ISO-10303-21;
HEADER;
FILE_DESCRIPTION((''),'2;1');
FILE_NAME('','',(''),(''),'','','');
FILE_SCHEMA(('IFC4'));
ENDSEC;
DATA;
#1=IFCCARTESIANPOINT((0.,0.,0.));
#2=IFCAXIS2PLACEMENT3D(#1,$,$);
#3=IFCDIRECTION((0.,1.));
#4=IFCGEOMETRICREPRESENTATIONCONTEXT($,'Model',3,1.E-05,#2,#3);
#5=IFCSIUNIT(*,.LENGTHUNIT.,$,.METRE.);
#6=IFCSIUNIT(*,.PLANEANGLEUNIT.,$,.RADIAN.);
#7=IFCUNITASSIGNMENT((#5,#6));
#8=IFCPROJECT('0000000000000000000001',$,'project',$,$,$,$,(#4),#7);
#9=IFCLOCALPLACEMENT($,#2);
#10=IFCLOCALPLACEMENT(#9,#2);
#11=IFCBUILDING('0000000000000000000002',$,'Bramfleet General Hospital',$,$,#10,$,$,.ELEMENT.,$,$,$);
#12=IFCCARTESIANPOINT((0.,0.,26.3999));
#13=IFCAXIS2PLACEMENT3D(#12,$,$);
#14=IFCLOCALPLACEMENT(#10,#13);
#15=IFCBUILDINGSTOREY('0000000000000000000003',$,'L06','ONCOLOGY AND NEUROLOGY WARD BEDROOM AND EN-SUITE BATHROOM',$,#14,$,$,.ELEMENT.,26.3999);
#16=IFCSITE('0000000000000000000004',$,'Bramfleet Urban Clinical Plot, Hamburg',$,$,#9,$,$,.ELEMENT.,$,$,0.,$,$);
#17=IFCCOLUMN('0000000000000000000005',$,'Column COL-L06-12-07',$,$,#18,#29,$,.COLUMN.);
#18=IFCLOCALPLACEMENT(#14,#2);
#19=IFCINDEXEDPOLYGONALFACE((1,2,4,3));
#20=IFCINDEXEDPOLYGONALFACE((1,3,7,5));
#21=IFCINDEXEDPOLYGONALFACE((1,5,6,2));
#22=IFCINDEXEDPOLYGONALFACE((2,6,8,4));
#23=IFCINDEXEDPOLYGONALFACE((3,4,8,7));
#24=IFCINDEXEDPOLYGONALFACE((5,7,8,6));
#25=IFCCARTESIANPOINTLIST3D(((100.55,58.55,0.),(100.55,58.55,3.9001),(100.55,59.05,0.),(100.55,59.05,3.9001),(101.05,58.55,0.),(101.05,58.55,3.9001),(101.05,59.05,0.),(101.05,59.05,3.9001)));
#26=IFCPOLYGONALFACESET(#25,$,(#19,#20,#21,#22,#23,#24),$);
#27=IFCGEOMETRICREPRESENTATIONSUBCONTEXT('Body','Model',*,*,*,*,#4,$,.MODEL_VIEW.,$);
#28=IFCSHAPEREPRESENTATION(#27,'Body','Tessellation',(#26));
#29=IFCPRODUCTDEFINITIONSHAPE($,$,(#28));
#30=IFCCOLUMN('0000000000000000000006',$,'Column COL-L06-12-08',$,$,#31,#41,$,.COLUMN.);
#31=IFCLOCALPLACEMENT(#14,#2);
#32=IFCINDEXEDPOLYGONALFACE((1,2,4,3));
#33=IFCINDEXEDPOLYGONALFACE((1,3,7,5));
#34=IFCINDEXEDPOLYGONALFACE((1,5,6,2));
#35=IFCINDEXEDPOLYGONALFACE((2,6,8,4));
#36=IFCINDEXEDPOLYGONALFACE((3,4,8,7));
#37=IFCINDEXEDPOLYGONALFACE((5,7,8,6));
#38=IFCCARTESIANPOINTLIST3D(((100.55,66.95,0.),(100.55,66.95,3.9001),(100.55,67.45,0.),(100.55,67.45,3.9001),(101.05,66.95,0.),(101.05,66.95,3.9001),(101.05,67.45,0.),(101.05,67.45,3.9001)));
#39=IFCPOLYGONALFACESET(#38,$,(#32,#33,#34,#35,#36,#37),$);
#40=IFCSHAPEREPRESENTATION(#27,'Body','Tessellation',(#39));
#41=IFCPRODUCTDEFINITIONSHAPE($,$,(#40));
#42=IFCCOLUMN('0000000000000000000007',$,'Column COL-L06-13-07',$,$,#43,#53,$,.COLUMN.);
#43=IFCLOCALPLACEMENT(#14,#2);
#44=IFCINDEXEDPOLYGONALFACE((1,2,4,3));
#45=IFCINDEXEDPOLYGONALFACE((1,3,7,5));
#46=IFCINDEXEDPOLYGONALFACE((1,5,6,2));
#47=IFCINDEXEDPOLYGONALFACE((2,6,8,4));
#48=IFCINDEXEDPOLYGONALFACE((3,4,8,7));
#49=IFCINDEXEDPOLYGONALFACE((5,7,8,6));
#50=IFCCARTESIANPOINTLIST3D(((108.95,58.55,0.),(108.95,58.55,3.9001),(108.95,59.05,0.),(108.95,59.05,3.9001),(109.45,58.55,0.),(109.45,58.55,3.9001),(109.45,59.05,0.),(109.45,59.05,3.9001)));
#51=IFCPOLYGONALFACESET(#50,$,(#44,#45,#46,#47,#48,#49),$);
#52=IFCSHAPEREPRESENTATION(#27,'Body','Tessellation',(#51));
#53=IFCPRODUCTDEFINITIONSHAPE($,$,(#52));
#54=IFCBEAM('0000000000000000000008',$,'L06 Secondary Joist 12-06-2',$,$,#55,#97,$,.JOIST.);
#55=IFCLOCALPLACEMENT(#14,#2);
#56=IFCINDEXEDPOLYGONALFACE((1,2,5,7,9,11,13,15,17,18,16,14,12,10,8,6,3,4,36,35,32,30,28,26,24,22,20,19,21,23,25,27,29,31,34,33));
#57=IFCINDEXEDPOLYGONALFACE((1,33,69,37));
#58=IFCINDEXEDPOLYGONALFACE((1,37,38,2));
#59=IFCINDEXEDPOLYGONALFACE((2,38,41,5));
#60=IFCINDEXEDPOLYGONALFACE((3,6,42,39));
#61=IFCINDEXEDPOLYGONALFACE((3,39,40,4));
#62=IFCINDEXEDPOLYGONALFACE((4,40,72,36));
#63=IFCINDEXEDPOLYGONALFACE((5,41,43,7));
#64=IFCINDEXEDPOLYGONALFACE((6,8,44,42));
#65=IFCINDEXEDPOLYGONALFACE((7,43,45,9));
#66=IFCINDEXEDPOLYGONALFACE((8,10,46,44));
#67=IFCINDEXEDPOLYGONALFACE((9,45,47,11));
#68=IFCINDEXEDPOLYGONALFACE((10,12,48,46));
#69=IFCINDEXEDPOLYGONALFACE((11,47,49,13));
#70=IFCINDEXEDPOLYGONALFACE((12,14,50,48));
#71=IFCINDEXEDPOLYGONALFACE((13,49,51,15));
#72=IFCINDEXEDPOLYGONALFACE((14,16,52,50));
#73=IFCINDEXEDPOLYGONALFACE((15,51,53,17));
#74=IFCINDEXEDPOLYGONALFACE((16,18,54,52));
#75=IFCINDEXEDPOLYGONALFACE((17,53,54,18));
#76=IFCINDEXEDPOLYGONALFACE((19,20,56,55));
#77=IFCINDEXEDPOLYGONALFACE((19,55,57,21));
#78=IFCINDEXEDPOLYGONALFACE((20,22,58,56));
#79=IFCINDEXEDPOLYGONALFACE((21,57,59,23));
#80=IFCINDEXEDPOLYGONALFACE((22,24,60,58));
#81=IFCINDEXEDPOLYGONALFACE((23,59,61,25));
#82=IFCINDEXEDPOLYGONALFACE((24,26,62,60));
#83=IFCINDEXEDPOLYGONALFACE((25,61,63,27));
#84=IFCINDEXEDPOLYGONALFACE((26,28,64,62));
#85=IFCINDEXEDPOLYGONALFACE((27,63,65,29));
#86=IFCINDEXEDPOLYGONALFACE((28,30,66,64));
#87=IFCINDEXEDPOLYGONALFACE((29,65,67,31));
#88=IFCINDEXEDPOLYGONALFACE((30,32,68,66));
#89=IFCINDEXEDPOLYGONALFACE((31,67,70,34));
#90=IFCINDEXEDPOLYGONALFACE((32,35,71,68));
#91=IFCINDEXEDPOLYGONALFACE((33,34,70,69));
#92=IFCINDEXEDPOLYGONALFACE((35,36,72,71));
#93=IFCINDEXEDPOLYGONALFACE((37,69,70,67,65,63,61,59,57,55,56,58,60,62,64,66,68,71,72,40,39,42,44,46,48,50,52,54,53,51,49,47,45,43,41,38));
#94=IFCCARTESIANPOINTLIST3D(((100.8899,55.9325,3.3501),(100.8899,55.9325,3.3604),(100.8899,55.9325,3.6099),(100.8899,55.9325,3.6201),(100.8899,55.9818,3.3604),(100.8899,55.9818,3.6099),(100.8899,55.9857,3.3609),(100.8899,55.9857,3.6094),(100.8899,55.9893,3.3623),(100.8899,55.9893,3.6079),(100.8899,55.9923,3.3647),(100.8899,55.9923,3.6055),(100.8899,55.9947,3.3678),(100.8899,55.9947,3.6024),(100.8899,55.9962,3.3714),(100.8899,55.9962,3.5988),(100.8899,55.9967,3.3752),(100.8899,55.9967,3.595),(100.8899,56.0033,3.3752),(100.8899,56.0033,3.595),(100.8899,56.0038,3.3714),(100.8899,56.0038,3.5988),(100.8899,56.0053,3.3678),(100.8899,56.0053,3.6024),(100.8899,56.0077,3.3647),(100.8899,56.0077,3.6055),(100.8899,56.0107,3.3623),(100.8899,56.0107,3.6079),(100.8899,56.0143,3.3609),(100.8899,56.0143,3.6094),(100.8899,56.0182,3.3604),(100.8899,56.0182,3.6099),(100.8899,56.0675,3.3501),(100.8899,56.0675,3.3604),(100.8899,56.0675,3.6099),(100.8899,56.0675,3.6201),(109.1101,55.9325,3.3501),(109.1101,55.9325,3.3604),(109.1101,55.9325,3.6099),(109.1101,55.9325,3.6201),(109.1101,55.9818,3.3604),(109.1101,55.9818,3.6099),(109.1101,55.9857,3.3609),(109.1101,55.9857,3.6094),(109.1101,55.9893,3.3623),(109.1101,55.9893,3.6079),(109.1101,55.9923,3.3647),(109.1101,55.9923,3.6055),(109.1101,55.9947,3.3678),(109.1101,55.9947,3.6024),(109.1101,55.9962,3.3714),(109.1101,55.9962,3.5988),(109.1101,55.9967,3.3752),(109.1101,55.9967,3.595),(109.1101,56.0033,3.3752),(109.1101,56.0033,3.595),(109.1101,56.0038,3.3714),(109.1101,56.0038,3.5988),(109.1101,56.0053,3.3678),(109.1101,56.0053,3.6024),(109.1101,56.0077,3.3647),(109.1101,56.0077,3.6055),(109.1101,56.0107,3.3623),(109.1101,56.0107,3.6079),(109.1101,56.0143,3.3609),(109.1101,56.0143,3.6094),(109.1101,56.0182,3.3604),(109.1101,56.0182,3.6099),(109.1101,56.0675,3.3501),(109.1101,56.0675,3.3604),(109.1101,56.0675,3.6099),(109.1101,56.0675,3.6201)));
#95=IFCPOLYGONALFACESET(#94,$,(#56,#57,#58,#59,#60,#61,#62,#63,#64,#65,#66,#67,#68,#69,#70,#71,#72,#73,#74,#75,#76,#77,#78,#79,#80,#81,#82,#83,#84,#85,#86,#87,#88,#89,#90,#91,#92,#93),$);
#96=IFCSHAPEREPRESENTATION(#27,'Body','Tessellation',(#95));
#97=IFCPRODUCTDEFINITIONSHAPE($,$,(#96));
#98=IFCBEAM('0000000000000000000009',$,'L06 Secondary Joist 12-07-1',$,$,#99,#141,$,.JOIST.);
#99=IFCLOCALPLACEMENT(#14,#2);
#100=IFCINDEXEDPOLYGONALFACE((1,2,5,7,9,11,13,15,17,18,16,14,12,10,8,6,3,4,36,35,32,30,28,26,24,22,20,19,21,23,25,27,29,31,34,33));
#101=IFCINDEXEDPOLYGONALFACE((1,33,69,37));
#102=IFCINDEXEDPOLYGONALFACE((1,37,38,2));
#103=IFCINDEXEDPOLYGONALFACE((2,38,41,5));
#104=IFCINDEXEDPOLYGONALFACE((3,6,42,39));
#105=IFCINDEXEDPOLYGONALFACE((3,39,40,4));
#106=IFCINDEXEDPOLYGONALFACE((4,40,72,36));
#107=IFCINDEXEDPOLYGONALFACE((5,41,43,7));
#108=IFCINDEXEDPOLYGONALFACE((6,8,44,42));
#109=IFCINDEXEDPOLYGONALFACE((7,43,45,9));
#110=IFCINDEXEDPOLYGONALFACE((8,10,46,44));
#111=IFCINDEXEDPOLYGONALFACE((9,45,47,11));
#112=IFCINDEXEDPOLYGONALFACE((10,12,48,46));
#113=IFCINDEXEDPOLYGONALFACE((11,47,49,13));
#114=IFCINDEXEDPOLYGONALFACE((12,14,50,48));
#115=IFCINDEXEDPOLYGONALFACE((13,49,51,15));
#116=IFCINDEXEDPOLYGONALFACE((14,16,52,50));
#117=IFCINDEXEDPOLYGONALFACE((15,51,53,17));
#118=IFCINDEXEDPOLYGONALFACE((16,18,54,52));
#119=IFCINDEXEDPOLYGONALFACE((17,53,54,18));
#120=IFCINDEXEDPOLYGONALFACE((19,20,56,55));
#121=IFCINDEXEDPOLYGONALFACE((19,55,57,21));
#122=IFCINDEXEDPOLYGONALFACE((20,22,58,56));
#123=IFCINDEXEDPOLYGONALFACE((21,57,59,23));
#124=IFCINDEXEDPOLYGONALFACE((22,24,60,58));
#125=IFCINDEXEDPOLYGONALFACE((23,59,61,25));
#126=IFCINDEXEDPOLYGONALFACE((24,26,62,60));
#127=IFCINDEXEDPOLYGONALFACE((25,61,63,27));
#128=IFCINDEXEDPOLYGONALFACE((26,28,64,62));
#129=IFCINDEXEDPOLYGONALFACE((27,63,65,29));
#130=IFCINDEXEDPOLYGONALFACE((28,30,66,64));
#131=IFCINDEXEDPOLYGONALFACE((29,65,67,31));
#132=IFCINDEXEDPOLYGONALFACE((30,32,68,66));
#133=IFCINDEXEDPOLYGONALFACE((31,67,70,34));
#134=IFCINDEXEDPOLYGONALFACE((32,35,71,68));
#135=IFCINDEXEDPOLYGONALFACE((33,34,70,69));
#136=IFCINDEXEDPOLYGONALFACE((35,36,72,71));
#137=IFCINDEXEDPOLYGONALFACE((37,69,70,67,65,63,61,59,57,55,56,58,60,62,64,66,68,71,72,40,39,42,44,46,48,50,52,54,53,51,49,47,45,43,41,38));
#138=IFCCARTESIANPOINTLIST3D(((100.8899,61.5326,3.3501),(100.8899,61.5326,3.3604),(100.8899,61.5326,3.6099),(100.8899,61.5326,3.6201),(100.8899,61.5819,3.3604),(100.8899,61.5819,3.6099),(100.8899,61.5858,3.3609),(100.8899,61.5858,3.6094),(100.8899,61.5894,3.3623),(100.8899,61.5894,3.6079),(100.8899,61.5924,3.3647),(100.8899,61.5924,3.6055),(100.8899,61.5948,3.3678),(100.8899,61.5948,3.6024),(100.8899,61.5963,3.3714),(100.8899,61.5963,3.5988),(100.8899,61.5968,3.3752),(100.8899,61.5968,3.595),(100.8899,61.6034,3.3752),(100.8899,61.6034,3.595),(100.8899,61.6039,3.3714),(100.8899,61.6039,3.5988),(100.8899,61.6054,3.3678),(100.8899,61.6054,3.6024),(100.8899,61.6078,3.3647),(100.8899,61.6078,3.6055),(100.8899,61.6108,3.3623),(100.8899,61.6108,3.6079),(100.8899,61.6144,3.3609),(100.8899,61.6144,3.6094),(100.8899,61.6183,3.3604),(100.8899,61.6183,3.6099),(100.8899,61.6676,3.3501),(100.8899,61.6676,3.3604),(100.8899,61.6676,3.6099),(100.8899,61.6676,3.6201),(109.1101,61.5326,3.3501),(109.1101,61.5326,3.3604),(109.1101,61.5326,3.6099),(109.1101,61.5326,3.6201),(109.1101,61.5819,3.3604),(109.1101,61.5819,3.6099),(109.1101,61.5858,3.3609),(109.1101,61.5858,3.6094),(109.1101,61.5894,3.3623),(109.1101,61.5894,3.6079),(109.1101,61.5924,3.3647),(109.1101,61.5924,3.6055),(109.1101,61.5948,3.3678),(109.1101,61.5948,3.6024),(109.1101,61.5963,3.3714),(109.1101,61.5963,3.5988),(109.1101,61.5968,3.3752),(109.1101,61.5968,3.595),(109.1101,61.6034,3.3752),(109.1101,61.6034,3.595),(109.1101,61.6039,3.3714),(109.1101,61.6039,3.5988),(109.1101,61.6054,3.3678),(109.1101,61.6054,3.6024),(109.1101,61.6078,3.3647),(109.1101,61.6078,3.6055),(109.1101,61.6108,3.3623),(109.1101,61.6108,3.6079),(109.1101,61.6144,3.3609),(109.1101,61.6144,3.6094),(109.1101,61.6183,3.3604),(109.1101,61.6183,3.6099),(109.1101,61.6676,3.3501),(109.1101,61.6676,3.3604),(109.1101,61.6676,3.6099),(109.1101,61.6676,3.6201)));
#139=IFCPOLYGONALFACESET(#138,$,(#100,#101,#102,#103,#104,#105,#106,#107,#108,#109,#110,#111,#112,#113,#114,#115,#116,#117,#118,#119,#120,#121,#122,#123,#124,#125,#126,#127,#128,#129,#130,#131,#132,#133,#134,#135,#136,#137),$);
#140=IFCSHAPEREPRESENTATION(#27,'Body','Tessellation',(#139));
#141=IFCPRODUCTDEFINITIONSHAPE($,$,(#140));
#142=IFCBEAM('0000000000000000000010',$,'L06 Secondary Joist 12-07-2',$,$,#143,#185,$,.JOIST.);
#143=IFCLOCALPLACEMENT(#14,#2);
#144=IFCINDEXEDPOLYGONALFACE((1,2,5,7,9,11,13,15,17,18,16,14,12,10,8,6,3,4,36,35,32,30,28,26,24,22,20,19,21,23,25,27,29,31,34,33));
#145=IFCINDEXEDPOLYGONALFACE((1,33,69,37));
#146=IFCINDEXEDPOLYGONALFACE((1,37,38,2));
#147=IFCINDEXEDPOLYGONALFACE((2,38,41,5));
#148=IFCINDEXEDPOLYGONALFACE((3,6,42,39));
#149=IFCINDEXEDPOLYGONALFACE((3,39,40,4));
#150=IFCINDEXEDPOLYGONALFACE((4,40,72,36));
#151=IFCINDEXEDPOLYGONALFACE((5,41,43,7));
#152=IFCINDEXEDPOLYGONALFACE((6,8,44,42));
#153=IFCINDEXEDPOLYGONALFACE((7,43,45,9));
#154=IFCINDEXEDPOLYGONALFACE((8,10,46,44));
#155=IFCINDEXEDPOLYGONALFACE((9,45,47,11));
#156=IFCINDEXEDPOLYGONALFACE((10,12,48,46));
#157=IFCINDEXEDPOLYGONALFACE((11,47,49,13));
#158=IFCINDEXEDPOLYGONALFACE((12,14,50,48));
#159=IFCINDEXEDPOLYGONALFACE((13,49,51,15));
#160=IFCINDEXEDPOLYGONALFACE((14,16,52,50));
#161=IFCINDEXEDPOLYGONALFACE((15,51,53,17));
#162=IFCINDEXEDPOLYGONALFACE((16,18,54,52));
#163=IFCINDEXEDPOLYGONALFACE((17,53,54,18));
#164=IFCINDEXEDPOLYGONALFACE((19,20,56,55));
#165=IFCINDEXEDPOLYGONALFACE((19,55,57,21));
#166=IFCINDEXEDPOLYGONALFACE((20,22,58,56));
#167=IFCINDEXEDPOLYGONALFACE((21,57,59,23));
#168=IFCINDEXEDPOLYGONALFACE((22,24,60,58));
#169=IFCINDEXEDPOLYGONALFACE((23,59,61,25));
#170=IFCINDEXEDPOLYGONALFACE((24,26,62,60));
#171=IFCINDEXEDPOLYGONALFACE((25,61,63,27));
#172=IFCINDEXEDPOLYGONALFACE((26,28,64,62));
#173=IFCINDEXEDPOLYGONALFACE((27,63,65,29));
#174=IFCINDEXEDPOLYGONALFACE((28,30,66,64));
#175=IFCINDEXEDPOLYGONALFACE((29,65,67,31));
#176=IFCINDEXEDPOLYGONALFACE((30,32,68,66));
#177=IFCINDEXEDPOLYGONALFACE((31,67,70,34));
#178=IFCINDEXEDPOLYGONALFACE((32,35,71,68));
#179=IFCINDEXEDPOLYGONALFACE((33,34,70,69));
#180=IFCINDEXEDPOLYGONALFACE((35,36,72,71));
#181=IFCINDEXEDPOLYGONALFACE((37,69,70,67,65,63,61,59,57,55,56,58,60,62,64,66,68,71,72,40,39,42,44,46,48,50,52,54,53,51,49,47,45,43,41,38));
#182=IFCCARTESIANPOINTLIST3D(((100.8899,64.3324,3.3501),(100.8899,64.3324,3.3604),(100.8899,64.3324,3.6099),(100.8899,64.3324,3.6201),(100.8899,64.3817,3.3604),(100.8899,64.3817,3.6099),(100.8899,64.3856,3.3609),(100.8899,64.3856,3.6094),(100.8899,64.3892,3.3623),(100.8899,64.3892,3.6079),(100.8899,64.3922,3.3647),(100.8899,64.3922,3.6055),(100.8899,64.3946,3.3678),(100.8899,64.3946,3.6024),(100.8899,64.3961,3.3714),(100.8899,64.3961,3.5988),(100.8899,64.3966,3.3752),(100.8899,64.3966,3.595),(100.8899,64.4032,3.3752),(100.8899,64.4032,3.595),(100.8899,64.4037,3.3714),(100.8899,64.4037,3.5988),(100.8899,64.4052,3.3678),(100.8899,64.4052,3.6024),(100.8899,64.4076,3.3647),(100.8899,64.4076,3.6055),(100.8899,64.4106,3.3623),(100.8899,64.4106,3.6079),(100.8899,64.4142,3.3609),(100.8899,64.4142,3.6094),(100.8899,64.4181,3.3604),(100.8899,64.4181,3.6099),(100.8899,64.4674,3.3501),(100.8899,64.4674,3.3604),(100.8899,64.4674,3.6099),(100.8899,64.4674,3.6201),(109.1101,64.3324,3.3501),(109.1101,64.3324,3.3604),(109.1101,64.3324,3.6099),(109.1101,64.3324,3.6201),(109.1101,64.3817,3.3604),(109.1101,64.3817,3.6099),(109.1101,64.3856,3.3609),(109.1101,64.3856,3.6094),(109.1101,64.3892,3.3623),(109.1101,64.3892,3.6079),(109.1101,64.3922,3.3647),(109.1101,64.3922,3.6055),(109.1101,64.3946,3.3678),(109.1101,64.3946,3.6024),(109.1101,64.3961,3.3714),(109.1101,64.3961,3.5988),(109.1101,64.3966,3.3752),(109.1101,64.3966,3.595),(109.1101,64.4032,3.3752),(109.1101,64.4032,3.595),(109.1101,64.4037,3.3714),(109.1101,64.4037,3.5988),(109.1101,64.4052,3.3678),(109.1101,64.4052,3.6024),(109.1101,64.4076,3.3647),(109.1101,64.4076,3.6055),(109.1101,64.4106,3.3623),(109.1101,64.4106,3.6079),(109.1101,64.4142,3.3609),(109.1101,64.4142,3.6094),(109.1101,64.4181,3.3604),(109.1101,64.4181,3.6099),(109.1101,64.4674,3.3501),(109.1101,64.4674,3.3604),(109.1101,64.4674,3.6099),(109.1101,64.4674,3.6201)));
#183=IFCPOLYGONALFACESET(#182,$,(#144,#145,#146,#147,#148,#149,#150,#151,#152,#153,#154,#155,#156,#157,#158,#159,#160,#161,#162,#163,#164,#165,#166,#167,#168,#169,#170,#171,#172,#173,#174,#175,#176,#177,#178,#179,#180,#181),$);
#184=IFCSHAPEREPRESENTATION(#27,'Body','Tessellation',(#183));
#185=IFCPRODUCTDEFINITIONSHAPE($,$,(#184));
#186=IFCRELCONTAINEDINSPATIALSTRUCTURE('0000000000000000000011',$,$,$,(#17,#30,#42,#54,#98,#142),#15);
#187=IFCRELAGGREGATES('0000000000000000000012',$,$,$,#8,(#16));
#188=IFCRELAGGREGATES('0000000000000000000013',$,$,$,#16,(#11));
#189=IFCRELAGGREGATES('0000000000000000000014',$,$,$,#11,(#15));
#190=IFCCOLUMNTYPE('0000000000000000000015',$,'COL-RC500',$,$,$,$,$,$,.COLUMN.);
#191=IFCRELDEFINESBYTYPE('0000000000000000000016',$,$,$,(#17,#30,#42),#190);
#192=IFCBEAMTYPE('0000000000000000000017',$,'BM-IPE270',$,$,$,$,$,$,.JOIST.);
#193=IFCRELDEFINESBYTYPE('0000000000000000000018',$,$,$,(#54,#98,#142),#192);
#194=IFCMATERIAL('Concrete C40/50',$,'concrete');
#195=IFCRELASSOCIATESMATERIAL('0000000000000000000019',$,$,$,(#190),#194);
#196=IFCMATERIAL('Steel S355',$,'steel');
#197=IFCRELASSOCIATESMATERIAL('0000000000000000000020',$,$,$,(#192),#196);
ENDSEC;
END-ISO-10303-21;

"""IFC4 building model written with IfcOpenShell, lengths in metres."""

from ifc_helpers import new_model, si_unit, direction, frame, origin, origin_2d, place, context, subcontext, project, spatial, rectangle, i_section, extrude, material, material_profile, profile_set, type_object, element, save


model = new_model("IFC4")

# Units and contexts
model_context = context("Model", 3, precision=1e-05, world=origin(), true_north=direction((0.0, 1.0)))
body_context = subcontext(model_context, "Body", "Model", "MODEL_VIEW")
ifc_project = project(units=[si_unit("LENGTHUNIT", "METRE"), si_unit("PLANEANGLEUNIT", "RADIAN")], contexts=[model_context])

# Site, building, storey
site_placement = place(None, origin())
site = spatial("IfcSite", under=ifc_project, at=site_placement, Name="Bramfleet Urban Clinical Plot, Hamburg", CompositionType="ELEMENT", RefElevation=0.0)
building_placement = place(site_placement, origin())
building = spatial("IfcBuilding", under=site, at=building_placement, Name="Bramfleet General Hospital", CompositionType="ELEMENT")
storey_placement = place(building_placement, frame((0.0, 0.0, 26.3999)))
storey = spatial("IfcBuildingStorey", under=building, at=storey_placement, Name="L06", Description="ONCOLOGY AND NEUROLOGY WARD BEDROOM AND EN-SUITE BATHROOM", CompositionType="ELEMENT", Elevation=26.3999)

# Columns
ifc_material_1 = material(Name="Concrete C40/50", Category="concrete")
ifc_material_profile_1 = material_profile(ifc_material_1, rectangle(XDim=0.5, YDim=0.5, at=origin_2d()), Name="RC COL 500x500")
ifc_profile_set_1 = profile_set([ifc_material_profile_1], Name="Concrete C40/50")
column_type = type_object("IfcColumnType", Name="COL-RC500", PredefinedType="COLUMN", material=ifc_profile_set_1)
for number, where, z_axis, x_axis, name in (
    (1, (100.8, 58.8, 0.0), (0.0, 0.0, 1.0), (1.0, 0.0, 0.0), "Column COL-L06-12-07"),
    (2, (100.8, 67.2, 0.0), (0.0, 0.0, 1.0), (1.0, 0.0, 0.0), "Column COL-L06-12-08"),
    (3, (109.2, 58.8, 0.0), (0.0, 0.0, 1.0), (1.0, 0.0, 0.0), "Column COL-L06-13-07"),
):
    element("IfcColumn", number, at=place(storey_placement, frame(where, z_axis=z_axis, x_axis=x_axis)), inside=storey, type_object=column_type, Name=name, PredefinedType="COLUMN", context=body_context, shape_type="SweptSolid", body=[
        extrude(rectangle(XDim=0.5, YDim=0.5, at=origin_2d()), origin(), (0.0, 0.0, 1.0), 3.9001),
    ])

# Beams
ifc_material_2 = material(Name="Steel S355", Category="steel")
ifc_material_profile_2 = material_profile(ifc_material_2, i_section(OverallWidth=0.135, OverallDepth=0.27, WebThickness=0.0066, FlangeThickness=0.0103, FilletRadius=0.0149, at=origin_2d()), Name="IPE 270")
ifc_profile_set_2 = profile_set([ifc_material_profile_2], Name="Steel S355")
beam_type_1 = type_object("IfcBeamType", Name="BM-IPE270", PredefinedType="JOIST", material=ifc_profile_set_2)
for number, where, z_axis, x_axis, name in (
    (4, (100.8899, 56.0, 3.4851), (1.0, 0.0, 0.0), (0.0, 1.0, 0.0), "L06 Secondary Joist 12-06-2"),
    (5, (100.8899, 61.6001, 3.4851), (1.0, 0.0, 0.0), (0.0, 1.0, 0.0), "L06 Secondary Joist 12-07-1"),
    (6, (100.8899, 64.3999, 3.4851), (1.0, 0.0, 0.0), (0.0, 1.0, 0.0), "L06 Secondary Joist 12-07-2"),
):
    element("IfcBeam", number, at=place(storey_placement, frame(where, z_axis=z_axis, x_axis=x_axis)), inside=storey, type_object=beam_type_1, Name=name, PredefinedType="JOIST", context=body_context, shape_type="SweptSolid", body=[
        extrude(i_section(OverallWidth=0.135, OverallDepth=0.27, WebThickness=0.0066, FlangeThickness=0.0103, FilletRadius=0.0149, at=origin_2d()), origin(), (0.0, 0.0, 1.0), 8.2202),
    ])

save(model, "model.ifc")
